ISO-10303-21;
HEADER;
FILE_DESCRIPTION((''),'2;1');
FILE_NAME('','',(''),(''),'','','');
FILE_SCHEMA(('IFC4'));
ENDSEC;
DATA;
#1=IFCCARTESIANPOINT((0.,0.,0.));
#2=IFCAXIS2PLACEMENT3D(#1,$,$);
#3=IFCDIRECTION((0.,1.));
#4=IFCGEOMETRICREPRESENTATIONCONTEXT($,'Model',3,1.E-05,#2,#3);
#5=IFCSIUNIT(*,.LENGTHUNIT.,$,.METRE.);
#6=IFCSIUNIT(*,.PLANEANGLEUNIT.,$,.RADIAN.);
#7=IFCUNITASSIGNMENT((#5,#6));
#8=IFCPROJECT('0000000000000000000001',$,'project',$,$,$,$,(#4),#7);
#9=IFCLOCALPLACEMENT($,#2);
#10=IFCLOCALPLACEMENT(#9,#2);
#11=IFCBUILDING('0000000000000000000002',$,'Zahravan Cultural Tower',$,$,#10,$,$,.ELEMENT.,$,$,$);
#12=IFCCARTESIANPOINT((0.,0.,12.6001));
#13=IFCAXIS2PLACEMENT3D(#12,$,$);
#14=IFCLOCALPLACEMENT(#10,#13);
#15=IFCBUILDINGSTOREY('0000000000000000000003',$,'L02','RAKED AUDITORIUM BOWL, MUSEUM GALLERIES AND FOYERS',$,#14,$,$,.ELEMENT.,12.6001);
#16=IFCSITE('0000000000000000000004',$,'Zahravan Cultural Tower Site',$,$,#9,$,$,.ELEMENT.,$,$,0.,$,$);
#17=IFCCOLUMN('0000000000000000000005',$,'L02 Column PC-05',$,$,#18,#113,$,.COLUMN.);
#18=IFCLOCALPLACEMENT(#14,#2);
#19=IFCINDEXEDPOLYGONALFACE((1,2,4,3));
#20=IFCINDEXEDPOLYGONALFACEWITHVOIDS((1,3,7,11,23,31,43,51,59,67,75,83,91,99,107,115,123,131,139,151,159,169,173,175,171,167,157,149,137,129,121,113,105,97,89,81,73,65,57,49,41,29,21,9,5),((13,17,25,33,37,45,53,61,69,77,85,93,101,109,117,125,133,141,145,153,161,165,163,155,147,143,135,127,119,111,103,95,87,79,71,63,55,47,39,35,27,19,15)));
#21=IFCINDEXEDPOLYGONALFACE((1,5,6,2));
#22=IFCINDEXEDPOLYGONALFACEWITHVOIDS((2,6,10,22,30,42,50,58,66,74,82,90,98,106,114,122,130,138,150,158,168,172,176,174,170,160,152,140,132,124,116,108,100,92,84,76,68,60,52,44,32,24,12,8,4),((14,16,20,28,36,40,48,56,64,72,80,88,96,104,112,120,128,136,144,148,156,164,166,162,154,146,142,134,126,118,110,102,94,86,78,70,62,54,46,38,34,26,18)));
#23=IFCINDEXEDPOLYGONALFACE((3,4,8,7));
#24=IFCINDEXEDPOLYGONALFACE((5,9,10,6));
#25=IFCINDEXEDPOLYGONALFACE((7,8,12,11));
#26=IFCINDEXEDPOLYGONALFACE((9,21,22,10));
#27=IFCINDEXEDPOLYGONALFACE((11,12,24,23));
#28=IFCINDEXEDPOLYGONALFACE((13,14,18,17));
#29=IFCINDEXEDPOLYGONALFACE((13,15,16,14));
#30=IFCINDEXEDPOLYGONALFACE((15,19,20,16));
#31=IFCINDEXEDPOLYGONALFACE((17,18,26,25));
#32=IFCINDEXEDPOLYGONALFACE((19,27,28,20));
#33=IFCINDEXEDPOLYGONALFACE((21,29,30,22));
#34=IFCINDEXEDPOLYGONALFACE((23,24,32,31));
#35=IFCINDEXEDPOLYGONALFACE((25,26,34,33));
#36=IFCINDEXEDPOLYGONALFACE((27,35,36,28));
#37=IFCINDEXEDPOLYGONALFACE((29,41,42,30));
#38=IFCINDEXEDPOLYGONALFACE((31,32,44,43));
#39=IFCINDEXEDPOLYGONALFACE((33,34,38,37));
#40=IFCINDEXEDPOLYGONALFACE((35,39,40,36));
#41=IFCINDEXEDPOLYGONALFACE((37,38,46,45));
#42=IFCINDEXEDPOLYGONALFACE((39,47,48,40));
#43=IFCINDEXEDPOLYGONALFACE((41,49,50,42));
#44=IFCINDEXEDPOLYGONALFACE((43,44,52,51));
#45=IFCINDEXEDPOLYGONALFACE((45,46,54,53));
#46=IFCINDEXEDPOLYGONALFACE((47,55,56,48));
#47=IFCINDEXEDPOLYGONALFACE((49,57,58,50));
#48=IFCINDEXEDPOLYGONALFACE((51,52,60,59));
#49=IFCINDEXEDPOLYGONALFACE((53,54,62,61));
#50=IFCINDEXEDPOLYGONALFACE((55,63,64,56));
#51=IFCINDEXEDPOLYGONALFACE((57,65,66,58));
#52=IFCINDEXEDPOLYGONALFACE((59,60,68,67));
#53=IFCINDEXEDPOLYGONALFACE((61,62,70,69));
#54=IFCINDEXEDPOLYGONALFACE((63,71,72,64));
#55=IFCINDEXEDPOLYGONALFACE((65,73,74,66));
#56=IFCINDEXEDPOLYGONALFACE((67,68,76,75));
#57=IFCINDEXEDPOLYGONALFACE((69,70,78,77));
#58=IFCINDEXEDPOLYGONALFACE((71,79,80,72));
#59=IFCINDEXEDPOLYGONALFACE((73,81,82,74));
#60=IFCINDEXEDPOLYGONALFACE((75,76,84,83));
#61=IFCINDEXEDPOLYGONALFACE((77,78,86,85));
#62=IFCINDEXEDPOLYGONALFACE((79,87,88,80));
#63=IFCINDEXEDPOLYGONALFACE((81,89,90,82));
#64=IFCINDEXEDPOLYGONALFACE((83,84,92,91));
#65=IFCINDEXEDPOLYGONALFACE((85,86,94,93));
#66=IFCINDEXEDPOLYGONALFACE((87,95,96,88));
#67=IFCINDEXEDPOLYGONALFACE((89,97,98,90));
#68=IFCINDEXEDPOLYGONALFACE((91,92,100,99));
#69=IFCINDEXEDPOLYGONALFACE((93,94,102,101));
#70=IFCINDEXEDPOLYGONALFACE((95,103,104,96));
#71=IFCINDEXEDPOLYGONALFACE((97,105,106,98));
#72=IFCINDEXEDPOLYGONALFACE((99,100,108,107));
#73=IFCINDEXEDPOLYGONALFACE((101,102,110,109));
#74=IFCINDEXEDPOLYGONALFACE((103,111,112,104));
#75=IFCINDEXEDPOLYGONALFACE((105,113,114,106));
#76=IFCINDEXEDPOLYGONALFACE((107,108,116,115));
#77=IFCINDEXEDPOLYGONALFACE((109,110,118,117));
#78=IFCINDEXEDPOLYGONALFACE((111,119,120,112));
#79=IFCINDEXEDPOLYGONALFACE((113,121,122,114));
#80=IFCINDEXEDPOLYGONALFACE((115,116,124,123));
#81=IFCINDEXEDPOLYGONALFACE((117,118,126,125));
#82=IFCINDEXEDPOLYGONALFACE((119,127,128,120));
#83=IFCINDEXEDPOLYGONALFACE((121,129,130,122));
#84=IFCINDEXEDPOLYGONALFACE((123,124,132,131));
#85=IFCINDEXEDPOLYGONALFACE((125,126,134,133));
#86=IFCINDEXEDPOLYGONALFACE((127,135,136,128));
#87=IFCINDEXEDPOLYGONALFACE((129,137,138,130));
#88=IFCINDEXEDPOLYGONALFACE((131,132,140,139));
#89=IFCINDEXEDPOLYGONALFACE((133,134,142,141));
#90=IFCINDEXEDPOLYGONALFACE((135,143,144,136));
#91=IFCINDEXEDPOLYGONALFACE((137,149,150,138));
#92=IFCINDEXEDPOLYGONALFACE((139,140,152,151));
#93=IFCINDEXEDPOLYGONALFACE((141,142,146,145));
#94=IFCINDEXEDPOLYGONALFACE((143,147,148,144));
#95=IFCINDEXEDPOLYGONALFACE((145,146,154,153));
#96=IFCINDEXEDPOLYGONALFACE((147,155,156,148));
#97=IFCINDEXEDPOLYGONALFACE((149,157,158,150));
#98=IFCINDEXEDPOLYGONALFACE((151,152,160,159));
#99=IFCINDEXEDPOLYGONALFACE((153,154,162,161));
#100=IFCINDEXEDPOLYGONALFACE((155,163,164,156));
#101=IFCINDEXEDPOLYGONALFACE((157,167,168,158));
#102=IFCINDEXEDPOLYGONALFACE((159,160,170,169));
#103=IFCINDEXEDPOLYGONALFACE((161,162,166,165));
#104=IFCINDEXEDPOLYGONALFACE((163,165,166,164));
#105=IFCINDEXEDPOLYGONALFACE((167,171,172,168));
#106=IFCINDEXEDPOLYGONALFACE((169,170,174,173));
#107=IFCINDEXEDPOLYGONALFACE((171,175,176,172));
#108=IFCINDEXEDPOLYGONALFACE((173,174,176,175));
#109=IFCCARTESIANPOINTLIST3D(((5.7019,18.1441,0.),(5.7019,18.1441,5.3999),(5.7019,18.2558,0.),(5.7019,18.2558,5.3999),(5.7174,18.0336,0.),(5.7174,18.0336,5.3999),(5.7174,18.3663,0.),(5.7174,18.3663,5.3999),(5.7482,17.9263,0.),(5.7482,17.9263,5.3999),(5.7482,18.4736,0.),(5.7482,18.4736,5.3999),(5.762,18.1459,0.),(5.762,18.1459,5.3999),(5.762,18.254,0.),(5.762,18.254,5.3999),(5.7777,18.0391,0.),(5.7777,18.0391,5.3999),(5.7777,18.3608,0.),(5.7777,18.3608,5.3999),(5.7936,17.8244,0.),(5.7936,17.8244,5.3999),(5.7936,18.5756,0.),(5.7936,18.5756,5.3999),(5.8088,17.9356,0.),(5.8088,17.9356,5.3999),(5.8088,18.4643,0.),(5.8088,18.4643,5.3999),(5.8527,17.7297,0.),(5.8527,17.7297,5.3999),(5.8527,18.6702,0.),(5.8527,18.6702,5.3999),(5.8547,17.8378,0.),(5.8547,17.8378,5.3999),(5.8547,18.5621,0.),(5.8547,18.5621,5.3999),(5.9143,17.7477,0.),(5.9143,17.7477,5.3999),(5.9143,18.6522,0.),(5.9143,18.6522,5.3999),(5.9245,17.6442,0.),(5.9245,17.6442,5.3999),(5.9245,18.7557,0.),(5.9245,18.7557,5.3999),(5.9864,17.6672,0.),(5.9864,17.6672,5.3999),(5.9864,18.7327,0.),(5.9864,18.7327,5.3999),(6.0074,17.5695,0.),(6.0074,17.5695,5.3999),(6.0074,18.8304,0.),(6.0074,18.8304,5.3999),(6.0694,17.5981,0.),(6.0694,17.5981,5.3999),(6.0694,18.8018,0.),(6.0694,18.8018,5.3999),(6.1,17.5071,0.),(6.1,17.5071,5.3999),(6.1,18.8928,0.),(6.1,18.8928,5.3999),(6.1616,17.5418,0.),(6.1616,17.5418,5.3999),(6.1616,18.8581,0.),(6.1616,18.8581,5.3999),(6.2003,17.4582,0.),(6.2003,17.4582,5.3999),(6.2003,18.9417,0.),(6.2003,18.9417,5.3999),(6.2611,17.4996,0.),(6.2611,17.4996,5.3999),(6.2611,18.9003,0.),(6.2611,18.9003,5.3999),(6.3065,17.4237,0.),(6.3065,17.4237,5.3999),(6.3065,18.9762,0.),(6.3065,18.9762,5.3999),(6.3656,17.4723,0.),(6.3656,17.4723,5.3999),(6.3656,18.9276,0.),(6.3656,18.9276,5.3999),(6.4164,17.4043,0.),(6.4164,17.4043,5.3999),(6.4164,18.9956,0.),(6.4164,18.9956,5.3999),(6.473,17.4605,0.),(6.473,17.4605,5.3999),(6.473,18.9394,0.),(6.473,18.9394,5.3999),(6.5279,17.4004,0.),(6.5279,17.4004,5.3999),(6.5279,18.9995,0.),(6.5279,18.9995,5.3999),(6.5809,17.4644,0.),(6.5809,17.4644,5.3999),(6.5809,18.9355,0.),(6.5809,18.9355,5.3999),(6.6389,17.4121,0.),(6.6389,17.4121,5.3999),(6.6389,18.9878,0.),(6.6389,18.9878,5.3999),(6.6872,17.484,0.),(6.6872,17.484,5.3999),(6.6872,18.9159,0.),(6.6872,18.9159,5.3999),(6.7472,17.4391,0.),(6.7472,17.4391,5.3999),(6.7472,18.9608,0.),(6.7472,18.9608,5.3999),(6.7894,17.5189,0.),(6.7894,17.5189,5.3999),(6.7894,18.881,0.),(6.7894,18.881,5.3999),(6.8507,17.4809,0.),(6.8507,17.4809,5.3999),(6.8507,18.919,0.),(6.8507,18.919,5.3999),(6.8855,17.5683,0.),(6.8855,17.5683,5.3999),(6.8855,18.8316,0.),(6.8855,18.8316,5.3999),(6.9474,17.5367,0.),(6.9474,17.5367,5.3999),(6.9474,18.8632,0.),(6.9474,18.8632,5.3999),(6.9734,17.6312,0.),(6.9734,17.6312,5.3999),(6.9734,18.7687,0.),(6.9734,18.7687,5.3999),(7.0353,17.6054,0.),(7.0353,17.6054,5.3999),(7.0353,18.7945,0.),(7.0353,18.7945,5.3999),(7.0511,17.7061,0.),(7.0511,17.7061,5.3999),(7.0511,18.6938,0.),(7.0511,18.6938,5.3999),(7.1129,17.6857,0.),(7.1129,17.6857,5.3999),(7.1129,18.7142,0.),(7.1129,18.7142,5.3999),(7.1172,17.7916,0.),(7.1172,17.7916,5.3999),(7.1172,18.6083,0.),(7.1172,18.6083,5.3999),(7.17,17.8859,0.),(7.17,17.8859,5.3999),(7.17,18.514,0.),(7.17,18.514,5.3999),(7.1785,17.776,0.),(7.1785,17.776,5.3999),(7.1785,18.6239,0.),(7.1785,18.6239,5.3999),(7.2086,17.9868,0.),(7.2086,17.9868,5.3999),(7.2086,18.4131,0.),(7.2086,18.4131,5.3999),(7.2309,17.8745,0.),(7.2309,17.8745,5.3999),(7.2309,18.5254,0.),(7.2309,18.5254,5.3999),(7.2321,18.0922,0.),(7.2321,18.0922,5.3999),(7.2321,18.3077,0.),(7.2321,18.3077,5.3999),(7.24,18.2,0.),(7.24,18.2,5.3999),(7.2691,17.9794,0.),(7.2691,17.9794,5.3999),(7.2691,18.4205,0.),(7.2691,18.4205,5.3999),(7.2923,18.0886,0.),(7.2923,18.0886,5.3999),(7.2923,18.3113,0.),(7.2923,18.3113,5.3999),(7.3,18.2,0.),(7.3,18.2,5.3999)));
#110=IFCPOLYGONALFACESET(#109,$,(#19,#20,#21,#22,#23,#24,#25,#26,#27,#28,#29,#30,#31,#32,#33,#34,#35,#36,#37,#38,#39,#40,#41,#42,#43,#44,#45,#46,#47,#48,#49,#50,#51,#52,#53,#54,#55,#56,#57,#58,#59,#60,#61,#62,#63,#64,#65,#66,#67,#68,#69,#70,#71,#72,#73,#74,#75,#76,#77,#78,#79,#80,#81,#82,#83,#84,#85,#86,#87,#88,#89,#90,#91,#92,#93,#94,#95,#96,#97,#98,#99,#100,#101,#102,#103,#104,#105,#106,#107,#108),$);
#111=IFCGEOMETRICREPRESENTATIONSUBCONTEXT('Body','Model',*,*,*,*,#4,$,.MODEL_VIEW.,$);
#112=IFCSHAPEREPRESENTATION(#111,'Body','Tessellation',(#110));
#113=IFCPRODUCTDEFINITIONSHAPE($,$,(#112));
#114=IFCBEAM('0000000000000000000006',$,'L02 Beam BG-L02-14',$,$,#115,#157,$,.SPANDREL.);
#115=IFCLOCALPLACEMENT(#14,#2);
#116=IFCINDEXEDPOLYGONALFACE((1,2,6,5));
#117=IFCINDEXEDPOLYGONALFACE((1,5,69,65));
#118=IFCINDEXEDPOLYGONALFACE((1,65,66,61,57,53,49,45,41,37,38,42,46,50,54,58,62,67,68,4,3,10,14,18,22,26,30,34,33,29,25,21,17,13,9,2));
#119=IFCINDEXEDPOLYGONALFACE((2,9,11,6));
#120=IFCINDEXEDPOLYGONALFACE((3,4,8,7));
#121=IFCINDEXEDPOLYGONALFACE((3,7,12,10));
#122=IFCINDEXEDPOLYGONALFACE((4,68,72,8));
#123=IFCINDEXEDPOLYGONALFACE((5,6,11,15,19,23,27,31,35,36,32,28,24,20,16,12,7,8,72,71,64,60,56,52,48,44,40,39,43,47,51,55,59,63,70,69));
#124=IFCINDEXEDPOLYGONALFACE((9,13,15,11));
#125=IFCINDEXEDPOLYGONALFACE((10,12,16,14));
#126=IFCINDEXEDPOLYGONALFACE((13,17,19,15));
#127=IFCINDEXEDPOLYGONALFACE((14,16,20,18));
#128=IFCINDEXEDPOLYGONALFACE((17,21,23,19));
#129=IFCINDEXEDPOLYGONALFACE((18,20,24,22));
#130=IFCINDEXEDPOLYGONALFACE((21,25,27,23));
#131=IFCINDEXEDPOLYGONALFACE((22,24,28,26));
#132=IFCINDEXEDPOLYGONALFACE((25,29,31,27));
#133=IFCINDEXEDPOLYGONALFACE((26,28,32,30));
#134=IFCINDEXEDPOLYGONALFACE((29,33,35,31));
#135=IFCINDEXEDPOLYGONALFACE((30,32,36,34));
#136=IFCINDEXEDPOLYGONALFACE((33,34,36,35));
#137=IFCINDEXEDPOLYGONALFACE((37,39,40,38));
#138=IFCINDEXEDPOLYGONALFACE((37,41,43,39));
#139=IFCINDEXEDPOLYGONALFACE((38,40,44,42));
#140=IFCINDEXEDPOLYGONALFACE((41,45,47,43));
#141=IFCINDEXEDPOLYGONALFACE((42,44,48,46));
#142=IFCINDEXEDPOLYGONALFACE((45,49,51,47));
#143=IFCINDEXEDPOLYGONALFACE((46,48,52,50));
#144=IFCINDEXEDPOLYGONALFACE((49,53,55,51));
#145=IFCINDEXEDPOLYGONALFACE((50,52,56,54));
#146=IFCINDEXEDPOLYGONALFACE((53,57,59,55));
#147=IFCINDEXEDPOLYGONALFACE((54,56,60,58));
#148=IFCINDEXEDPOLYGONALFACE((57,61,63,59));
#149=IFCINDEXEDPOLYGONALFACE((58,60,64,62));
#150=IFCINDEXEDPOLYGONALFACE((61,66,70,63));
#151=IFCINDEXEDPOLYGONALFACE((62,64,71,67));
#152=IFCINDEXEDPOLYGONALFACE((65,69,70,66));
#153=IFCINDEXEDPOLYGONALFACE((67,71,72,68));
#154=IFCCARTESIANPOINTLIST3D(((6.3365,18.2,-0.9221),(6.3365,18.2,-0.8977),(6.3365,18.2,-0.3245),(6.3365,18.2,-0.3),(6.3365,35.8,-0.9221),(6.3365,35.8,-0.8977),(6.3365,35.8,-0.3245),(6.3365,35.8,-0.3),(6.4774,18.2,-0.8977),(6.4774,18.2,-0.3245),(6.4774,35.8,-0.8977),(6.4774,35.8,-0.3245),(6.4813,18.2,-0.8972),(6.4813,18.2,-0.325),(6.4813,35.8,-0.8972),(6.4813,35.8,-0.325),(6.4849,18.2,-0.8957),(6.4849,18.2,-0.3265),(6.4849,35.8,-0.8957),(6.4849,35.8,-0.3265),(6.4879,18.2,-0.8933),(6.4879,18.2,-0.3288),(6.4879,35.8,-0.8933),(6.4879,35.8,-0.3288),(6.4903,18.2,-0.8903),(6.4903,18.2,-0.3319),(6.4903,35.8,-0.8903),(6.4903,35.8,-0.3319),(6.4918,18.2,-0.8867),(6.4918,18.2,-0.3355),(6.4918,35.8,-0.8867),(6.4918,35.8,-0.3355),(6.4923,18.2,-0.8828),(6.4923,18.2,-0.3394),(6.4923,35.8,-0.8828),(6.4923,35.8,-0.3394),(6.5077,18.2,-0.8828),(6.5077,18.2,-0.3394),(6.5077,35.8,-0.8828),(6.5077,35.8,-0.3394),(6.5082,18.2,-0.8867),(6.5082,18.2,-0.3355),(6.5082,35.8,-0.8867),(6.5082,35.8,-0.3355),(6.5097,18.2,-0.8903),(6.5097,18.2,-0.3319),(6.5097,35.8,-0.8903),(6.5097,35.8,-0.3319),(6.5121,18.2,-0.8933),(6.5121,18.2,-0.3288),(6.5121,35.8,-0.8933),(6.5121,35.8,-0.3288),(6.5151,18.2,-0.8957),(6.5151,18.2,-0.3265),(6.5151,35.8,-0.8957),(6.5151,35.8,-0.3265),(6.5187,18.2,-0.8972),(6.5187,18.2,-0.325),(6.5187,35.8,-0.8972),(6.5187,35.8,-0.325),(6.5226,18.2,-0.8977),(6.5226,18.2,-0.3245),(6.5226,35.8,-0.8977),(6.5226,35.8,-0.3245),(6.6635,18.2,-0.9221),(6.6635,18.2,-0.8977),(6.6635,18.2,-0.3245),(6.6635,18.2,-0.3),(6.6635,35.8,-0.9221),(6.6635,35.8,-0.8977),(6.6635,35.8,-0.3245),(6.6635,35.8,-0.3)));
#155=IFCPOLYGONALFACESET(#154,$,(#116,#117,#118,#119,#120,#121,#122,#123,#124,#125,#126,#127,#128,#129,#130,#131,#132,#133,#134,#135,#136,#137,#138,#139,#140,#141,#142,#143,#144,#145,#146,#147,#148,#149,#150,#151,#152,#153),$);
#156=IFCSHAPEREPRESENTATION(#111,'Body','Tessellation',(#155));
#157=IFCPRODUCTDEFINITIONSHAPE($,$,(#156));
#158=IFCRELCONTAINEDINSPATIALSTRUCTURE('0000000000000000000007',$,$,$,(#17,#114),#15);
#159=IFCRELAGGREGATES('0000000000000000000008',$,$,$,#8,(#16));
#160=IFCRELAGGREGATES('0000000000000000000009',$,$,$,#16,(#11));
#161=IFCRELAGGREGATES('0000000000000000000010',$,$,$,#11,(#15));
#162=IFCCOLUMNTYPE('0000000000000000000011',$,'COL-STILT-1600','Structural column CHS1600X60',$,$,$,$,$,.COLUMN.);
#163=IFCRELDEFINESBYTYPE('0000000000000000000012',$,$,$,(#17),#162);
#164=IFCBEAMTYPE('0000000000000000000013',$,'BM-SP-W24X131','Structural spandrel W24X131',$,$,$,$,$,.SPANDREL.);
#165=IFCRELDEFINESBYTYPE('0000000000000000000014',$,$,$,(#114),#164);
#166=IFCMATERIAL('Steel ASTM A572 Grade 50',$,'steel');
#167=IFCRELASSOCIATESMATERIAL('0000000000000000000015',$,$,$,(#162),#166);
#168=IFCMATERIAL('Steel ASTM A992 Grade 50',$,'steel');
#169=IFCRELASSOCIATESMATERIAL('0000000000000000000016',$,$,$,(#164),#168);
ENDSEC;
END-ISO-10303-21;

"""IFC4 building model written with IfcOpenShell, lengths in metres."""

from ifc_helpers import new_model, si_unit, direction, frame, origin, origin_2d, place, context, subcontext, project, spatial, hollow_circle, i_section, extrude, source, transform, mapped, material, material_profile, profile_set, type_object, element, save


model = new_model("IFC4")

# Units and contexts
model_context = context("Model", 3, precision=1e-05, world=origin(), true_north=direction((0.0, 1.0)))
body_context = subcontext(model_context, "Body", "Model", "MODEL_VIEW")
ifc_project = project(units=[si_unit("LENGTHUNIT", "METRE"), si_unit("PLANEANGLEUNIT", "RADIAN")], contexts=[model_context])

# Site, building, storey
site_placement = place(None, origin())
site = spatial("IfcSite", under=ifc_project, at=site_placement, Name="Zahravan Cultural Tower Site", CompositionType="ELEMENT", RefElevation=0.0)
building_placement = place(site_placement, origin())
building = spatial("IfcBuilding", under=site, at=building_placement, Name="Zahravan Cultural Tower", CompositionType="ELEMENT")
storey_placement = place(building_placement, frame((0.0, 0.0, 12.6001)))
storey = spatial("IfcBuildingStorey", under=building, at=storey_placement, Name="L02", Description="RAKED AUDITORIUM BOWL, MUSEUM GALLERIES AND FOYERS", CompositionType="ELEMENT", Elevation=12.6001)

# Column
ifc_material_1 = material(Name="Steel ASTM A572 Grade 50", Category="steel")
ifc_material_profile_1 = material_profile(ifc_material_1, hollow_circle(Radius=0.8, WallThickness=0.0601, at=origin_2d()), Name="CHS1600X60")
ifc_profile_set_1 = profile_set([ifc_material_profile_1], Name="Steel ASTM A572 Grade 50")
column_type = type_object("IfcColumnType", Name="COL-STILT-1600", Description="Structural column CHS1600X60", PredefinedType="COLUMN", material=ifc_profile_set_1)
shared_shape_1 = source(origin(), body_context, "Body", "SweptSolid", [
    extrude(hollow_circle(Radius=0.8, WallThickness=0.0601, at=origin_2d()), origin(), (0.0, 0.0, 1.0), 5.3999),
])
column_placement = place(storey_placement, frame((6.5, 18.2, 0.0), z_axis=(0.0, 0.0, 1.0), x_axis=(1.0, 0.0, 0.0)))
element("IfcColumn", 1, at=column_placement, inside=storey, type_object=column_type, Name="L02 Column PC-05", PredefinedType="COLUMN", context=body_context, shape_type="MappedRepresentation", body=[
    mapped(shared_shape_1, transform((0.0, 0.0, 0.0), x_axis=(1.0, 0.0, 0.0), y_axis=(0.0, 1.0, 0.0), z_axis=(0.0, 0.0, 1.0), scale=1.0)),
])

# Beam
ifc_material_2 = material(Name="Steel ASTM A992 Grade 50", Category="steel")
ifc_material_profile_2 = material_profile(ifc_material_2, i_section(OverallWidth=0.3269, OverallDepth=0.6221, WebThickness=0.0154, FlangeThickness=0.0244, FilletRadius=0.0149, at=origin_2d()), Name="W24X131")
ifc_profile_set_2 = profile_set([ifc_material_profile_2], Name="Steel ASTM A992 Grade 50")
beam_type_1 = type_object("IfcBeamType", Name="BM-SP-W24X131", Description="Structural spandrel W24X131", PredefinedType="SPANDREL", material=ifc_profile_set_2)
shared_shape_2 = source(origin(), body_context, "Body", "SweptSolid", [
    extrude(i_section(OverallWidth=0.3269, OverallDepth=0.6221, WebThickness=0.0154, FlangeThickness=0.0244, FilletRadius=0.0149, at=origin_2d()), origin(), (0.0, 0.0, 1.0), 17.6001),
])
beam_1_placement = place(storey_placement, frame((6.5, 18.2, -0.6111), z_axis=(0.0, 1.0, 0.0), x_axis=(-1.0, 0.0, 0.0)))
element("IfcBeam", 2, at=beam_1_placement, inside=storey, type_object=beam_type_1, Name="L02 Beam BG-L02-14", PredefinedType="SPANDREL", context=body_context, shape_type="MappedRepresentation", body=[
    mapped(shared_shape_2, transform((0.0, 0.0, 0.0), x_axis=(1.0, 0.0, 0.0), y_axis=(0.0, 1.0, 0.0), z_axis=(0.0, 0.0, 1.0), scale=1.0)),
])

save(model, "model.ifc")
